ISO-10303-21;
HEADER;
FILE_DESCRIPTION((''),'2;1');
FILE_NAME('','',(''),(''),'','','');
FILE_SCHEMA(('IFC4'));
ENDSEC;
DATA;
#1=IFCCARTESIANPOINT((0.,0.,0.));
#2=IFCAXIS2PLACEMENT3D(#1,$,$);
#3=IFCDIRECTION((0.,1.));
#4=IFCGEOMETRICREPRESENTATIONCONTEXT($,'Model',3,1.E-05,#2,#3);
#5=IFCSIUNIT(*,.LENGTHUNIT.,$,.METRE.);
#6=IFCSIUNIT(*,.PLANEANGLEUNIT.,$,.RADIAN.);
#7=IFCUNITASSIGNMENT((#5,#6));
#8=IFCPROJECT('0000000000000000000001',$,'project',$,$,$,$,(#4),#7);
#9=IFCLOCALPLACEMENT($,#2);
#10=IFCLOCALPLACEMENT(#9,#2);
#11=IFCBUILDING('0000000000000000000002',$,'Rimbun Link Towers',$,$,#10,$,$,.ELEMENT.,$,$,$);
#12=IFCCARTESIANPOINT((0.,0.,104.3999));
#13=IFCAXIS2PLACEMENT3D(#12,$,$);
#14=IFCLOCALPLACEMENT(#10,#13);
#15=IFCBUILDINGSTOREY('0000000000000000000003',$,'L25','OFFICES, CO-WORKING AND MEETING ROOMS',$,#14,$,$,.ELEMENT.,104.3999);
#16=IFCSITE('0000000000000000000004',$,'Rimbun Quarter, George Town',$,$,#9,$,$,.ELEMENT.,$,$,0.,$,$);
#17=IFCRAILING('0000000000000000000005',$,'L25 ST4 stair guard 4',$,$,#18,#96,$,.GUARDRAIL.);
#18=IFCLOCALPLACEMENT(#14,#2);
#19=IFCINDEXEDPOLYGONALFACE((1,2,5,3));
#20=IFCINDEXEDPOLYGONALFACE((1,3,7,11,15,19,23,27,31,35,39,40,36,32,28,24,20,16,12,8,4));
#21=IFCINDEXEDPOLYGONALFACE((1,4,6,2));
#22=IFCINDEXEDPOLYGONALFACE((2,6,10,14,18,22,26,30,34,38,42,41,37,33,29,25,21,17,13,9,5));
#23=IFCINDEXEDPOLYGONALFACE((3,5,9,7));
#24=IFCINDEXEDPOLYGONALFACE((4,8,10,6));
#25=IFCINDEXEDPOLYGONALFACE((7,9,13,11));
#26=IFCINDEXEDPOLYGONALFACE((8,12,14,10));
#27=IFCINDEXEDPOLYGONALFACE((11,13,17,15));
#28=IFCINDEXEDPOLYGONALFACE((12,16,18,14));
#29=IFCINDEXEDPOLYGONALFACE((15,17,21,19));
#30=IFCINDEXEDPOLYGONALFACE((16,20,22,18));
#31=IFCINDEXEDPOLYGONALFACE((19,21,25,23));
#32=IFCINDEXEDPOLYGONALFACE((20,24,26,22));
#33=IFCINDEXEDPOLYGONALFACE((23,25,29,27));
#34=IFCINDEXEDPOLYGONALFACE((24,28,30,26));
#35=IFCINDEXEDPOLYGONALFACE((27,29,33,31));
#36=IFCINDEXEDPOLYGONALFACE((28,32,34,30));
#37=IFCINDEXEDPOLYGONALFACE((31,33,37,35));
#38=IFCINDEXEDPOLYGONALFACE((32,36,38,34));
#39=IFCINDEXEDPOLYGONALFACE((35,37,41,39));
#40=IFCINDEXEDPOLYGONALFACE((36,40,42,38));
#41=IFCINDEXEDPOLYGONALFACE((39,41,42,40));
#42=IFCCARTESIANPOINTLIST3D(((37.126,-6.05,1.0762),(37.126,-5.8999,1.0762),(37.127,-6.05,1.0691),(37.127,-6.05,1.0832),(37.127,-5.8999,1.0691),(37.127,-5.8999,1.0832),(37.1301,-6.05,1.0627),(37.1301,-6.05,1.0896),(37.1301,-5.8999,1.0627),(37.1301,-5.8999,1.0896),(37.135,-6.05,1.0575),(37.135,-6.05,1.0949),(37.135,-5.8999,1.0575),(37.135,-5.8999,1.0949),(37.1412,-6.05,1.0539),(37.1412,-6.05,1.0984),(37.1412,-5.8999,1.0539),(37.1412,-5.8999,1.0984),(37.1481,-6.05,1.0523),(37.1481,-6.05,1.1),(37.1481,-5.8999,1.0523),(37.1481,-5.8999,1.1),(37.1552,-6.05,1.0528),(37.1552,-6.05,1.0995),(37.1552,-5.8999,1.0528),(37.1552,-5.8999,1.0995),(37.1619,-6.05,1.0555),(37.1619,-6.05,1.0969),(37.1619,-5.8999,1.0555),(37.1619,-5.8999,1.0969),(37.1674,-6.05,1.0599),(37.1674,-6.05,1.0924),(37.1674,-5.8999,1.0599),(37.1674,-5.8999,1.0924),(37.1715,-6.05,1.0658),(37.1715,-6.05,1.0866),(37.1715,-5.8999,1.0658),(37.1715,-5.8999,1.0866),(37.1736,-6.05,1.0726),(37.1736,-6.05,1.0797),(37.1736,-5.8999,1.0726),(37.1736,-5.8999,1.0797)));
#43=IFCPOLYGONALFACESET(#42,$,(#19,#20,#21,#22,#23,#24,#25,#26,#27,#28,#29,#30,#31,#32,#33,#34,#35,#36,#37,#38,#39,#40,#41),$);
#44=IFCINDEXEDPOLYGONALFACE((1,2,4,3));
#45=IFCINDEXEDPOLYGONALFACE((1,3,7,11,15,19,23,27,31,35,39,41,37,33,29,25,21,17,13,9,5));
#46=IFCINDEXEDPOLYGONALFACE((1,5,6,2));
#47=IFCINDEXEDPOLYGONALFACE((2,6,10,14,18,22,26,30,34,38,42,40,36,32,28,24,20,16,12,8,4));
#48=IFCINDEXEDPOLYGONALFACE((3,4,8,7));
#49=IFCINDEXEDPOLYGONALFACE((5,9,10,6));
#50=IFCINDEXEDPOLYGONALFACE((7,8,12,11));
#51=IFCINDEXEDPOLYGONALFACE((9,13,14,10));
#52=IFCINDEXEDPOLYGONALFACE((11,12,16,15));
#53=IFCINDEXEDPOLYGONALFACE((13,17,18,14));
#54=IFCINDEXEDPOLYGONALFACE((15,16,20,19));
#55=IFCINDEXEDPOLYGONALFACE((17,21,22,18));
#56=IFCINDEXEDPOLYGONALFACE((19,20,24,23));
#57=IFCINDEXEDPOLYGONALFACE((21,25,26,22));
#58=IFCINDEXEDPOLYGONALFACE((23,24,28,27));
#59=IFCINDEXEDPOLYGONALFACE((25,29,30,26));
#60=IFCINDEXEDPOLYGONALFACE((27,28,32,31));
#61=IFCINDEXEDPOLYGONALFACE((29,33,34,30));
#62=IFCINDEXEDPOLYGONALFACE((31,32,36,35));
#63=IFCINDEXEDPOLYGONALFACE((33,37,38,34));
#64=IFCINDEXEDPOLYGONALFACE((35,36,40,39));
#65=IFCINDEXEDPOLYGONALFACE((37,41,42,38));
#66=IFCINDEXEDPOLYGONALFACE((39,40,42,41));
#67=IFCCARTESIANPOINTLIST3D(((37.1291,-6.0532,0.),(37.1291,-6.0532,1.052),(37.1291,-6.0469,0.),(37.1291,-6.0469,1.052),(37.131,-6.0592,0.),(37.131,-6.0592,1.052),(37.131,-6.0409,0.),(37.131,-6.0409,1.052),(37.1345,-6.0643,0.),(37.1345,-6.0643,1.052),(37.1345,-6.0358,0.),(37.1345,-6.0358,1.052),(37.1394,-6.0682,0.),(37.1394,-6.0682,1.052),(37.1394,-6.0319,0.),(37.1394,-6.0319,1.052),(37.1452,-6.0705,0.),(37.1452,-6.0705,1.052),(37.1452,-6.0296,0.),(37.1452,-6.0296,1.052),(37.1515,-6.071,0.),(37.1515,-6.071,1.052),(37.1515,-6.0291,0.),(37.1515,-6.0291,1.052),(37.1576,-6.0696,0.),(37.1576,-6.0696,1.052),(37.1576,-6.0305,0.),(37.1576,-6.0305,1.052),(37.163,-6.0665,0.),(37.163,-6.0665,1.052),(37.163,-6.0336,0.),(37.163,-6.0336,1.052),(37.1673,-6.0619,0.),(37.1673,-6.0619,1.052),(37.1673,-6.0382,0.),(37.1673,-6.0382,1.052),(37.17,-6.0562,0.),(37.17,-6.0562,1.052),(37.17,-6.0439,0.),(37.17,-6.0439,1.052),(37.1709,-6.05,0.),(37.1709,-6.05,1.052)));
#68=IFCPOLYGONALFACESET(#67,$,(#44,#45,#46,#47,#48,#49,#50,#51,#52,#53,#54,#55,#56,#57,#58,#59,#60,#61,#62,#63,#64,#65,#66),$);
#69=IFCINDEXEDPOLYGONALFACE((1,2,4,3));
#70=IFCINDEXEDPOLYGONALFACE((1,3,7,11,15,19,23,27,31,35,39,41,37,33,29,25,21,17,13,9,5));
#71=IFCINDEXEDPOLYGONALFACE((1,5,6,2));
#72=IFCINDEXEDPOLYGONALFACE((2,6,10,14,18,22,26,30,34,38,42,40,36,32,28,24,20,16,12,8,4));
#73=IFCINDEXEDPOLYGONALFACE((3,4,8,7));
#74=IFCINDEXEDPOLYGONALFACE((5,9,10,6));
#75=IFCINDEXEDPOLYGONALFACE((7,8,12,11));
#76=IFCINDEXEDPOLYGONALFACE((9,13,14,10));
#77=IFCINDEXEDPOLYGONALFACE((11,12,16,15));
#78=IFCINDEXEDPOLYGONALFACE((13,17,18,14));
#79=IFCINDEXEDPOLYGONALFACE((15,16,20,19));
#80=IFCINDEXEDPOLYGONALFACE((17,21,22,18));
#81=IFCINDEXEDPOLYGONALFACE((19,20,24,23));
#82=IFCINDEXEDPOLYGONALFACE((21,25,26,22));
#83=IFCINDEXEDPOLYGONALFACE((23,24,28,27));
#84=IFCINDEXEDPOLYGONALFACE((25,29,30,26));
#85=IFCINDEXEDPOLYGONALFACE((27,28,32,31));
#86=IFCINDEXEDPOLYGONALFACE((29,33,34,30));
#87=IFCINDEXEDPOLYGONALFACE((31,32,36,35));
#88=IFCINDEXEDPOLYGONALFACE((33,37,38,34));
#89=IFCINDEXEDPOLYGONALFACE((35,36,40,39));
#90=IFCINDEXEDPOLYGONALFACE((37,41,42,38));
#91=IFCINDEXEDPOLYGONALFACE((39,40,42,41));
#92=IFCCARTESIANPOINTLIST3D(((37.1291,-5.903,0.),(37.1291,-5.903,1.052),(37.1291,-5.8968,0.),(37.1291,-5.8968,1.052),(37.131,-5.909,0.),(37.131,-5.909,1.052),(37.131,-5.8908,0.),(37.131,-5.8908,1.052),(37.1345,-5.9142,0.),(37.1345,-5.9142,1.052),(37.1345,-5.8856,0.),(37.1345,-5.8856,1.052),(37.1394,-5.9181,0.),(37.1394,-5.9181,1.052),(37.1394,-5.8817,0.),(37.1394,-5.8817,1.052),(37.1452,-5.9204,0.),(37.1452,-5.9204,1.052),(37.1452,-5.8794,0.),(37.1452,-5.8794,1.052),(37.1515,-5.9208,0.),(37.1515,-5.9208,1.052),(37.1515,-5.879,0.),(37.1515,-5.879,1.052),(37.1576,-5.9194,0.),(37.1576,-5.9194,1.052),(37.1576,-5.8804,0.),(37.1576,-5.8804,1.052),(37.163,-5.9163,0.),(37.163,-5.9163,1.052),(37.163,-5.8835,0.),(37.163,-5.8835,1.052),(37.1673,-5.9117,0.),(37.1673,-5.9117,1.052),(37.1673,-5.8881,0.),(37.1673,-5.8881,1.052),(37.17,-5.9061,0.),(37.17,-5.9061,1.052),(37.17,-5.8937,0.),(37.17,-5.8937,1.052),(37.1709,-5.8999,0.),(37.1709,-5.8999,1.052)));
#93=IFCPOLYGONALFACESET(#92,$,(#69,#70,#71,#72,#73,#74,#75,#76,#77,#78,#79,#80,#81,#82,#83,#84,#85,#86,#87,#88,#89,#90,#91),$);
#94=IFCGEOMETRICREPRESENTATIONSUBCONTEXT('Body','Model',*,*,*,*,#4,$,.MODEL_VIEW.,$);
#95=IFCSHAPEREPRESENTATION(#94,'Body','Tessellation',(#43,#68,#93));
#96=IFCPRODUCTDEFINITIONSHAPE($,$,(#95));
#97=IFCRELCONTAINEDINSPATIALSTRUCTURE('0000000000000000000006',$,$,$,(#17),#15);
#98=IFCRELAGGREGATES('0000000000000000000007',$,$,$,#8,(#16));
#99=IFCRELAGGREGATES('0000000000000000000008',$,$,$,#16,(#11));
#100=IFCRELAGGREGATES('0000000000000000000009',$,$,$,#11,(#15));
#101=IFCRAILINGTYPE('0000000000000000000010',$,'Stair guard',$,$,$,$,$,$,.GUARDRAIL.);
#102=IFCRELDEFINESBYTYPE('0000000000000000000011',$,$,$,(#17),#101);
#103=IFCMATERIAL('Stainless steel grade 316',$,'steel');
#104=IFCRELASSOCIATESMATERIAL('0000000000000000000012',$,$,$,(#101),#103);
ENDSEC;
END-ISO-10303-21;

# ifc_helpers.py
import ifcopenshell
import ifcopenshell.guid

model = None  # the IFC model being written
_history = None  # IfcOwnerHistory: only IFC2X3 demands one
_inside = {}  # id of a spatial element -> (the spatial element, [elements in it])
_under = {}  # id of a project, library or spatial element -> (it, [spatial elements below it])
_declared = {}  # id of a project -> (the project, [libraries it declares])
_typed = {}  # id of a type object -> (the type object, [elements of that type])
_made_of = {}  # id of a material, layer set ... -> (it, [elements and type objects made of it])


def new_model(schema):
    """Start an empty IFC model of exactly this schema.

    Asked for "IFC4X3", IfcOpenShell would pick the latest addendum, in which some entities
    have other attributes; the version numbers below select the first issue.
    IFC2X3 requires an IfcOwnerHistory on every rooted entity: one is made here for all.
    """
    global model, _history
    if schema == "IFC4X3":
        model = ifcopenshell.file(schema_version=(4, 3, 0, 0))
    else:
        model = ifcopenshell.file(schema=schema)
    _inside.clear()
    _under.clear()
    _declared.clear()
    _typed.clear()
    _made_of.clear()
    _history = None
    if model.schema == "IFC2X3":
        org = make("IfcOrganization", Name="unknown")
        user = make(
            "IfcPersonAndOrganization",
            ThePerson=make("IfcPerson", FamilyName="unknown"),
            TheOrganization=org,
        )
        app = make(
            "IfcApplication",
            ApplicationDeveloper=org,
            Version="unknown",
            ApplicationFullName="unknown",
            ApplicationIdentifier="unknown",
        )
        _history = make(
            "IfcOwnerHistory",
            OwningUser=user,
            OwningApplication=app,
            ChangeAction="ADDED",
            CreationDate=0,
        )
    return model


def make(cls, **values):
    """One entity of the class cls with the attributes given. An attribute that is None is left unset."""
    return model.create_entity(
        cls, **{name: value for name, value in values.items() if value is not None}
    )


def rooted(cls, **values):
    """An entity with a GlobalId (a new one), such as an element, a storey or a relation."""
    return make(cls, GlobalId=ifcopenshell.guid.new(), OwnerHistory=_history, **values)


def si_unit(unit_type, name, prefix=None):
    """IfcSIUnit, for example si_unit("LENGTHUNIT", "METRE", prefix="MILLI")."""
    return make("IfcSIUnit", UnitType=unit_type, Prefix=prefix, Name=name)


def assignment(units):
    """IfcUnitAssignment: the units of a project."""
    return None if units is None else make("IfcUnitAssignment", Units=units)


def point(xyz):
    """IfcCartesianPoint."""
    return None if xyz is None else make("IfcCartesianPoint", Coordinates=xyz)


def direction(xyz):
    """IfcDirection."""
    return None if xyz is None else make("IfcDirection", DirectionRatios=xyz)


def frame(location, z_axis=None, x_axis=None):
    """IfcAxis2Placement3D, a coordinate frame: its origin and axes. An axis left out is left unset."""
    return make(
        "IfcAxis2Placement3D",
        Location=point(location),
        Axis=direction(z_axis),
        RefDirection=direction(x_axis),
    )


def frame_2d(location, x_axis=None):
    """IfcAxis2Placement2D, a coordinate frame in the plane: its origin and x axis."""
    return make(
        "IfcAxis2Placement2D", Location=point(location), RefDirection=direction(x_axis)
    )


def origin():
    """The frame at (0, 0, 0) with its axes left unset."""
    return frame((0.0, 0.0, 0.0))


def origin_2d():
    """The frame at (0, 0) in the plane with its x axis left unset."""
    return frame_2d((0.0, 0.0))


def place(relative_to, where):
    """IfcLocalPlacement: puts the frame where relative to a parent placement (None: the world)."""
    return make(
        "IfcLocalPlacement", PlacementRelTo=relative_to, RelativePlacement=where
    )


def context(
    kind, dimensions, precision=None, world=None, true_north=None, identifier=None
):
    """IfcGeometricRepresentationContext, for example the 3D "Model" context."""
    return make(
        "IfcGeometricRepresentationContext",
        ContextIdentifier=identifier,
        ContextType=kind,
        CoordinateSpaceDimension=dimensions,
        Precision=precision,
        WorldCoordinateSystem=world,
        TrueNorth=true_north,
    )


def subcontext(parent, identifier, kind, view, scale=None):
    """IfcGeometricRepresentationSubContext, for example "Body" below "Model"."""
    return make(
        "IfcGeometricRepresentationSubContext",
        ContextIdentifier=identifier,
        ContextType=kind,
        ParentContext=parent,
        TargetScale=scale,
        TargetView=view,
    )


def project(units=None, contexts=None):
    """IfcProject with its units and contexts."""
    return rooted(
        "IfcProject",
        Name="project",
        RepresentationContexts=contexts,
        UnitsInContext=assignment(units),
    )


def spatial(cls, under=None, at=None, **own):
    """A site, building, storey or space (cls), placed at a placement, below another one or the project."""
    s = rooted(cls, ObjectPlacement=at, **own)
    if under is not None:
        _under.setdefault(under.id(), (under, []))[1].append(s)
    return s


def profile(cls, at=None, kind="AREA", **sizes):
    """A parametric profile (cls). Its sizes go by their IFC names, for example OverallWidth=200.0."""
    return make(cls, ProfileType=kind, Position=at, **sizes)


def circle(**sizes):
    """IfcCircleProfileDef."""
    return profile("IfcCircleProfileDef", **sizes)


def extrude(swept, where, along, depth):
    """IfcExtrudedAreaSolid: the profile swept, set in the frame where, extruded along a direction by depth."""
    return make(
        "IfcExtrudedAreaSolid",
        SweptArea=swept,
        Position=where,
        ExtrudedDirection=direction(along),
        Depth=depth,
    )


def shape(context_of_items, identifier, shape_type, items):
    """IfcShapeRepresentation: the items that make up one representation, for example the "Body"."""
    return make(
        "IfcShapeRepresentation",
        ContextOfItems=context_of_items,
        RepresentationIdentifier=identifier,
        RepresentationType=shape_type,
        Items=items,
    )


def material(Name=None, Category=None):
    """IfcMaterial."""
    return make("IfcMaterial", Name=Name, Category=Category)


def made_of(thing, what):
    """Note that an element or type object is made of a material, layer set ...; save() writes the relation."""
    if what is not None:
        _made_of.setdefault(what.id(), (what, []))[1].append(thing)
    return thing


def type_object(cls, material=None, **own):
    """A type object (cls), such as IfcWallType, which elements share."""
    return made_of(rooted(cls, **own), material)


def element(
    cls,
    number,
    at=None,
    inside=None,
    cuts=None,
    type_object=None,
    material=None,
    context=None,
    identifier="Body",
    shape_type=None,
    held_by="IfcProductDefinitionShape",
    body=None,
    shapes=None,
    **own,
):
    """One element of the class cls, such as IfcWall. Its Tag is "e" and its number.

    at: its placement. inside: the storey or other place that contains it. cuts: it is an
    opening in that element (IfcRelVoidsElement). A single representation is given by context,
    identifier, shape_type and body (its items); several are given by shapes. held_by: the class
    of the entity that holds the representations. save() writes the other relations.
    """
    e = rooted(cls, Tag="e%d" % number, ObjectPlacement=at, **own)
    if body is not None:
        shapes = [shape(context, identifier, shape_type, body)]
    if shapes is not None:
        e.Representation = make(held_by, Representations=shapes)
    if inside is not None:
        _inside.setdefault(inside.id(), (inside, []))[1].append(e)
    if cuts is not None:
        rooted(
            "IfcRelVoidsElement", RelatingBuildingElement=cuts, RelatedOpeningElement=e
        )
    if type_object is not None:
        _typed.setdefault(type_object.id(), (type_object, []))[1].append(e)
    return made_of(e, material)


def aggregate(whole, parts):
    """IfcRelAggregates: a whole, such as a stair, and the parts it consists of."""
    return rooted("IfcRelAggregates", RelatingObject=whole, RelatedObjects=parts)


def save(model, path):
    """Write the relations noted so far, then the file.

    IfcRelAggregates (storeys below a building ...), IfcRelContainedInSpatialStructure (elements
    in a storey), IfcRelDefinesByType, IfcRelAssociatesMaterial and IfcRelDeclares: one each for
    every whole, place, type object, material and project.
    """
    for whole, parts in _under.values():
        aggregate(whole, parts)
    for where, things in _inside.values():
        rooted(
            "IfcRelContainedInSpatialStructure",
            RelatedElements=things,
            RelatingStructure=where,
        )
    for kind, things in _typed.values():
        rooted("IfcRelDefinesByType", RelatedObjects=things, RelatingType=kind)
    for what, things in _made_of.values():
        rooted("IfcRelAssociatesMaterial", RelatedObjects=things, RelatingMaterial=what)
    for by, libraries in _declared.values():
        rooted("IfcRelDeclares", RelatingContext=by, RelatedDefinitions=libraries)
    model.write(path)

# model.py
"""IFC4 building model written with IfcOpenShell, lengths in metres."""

from ifc_helpers import new_model, si_unit, direction, frame, origin, origin_2d, place, context, subcontext, project, spatial, circle, extrude, material, type_object, element, save


model = new_model("IFC4")

# Units and contexts
model_context = context("Model", 3, precision=1e-05, world=origin(), true_north=direction((0.0, 1.0)))
body_context = subcontext(model_context, "Body", "Model", "MODEL_VIEW")
ifc_project = project(units=[si_unit("LENGTHUNIT", "METRE"), si_unit("PLANEANGLEUNIT", "RADIAN")], contexts=[model_context])

# Site, building, storey
site_placement = place(None, origin())
site = spatial("IfcSite", under=ifc_project, at=site_placement, Name="Rimbun Quarter, George Town", CompositionType="ELEMENT", RefElevation=0.0)
building_placement = place(site_placement, origin())
building = spatial("IfcBuilding", under=site, at=building_placement, Name="Rimbun Link Towers", CompositionType="ELEMENT")
storey_placement = place(building_placement, frame((0.0, 0.0, 104.3999)))
storey = spatial("IfcBuildingStorey", under=building, at=storey_placement, Name="L25", Description="OFFICES, CO-WORKING AND MEETING ROOMS", CompositionType="ELEMENT", Elevation=104.3999)

# Railing
ifc_material_1 = material(Name="Stainless steel grade 316", Category="steel")
railing_type_1 = type_object("IfcRailingType", Name="Stair guard", PredefinedType="GUARDRAIL", material=ifc_material_1)
railing_1_placement = place(storey_placement, frame((37.1499, -6.05, 0.0)))
element("IfcRailing", 1, at=railing_1_placement, inside=storey, type_object=railing_type_1, Name="L25 ST4 stair guard 4", PredefinedType="GUARDRAIL", context=body_context, shape_type="SweptSolid", body=[
    extrude(circle(Radius=0.0239, at=origin_2d()), frame((0.0, 0.0, 1.0762), z_axis=(0.0, 1.0, 0.0), x_axis=(-1.0, 0.0, 0.0)), (0.0, 0.0, 1.0), 0.1501),
    extrude(circle(Radius=0.021, at=origin_2d()), origin(), (0.0, 0.0, 1.0), 1.052),
    extrude(circle(Radius=0.021, at=origin_2d()), frame((0.0, 0.1501, 0.0)), (0.0, 0.0, 1.0), 1.052),
])

save(model, "model.ifc")
